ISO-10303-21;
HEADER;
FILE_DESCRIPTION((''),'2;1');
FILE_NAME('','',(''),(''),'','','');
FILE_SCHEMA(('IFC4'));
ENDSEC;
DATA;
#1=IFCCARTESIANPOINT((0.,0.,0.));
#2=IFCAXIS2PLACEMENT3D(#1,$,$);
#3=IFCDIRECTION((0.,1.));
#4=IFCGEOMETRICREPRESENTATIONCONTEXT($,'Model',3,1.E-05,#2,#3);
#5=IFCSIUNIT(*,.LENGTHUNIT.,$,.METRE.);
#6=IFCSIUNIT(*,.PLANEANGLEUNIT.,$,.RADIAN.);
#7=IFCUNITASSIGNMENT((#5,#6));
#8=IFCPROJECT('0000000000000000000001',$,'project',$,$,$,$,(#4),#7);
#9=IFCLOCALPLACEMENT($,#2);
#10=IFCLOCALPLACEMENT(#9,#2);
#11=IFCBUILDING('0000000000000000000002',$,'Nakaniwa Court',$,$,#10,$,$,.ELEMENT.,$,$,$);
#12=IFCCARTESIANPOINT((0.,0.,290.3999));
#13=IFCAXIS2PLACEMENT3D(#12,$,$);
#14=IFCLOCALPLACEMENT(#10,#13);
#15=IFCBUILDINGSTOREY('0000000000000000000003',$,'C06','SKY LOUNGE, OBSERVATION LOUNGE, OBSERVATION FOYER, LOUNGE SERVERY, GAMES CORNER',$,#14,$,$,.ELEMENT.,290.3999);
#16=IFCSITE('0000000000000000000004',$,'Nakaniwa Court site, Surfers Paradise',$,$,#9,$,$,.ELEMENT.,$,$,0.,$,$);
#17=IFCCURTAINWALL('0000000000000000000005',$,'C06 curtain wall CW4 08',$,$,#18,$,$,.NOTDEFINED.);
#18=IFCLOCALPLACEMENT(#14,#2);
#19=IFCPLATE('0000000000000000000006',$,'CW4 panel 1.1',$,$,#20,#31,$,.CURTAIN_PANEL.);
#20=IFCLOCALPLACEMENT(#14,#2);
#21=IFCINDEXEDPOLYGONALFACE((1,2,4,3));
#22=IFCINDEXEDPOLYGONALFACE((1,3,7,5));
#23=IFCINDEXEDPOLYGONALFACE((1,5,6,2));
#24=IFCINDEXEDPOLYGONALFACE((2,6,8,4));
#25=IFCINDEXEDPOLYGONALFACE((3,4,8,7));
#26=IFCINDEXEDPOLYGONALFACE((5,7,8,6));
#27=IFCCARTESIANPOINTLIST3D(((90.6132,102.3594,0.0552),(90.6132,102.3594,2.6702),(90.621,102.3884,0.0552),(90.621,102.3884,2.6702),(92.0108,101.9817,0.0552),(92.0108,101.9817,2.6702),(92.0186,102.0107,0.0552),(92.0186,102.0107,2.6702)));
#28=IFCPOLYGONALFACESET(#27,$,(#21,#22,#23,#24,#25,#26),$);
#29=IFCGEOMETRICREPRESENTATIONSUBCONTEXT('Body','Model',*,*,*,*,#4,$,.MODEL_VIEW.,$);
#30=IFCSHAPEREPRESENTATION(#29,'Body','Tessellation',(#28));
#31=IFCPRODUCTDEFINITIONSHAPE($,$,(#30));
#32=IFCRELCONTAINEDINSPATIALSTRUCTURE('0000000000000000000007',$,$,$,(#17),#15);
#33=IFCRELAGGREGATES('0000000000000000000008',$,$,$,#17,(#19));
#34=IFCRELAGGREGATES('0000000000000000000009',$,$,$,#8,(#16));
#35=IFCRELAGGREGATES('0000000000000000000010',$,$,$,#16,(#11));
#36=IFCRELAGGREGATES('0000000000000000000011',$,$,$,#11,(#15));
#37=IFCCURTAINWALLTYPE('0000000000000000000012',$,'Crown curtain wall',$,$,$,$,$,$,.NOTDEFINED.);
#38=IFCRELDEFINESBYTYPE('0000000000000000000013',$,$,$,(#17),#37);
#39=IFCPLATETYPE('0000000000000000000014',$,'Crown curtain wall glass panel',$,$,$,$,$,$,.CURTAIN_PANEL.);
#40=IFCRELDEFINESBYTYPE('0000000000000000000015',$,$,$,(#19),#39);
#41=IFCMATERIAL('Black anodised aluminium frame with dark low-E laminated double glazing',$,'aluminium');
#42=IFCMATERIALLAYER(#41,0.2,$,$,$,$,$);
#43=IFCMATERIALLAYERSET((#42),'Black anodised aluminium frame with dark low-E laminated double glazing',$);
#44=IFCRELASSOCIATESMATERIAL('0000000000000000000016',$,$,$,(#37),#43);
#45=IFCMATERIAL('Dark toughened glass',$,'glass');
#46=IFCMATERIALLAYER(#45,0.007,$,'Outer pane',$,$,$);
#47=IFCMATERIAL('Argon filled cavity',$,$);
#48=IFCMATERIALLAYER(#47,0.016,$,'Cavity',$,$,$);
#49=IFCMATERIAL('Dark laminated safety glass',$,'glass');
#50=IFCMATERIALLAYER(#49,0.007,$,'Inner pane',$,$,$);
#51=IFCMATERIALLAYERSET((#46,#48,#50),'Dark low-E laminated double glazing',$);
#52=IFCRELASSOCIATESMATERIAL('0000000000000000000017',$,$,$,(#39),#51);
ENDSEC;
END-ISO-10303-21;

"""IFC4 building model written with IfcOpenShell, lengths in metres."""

from ifc_helpers import new_model, si_unit, direction, frame, origin, origin_2d, place, context, subcontext, project, spatial, rectangle, extrude, material, layer, layer_set, type_object, element, aggregate, save


model = new_model("IFC4")

# Units and contexts
model_context = context("Model", 3, precision=1e-05, world=origin(), true_north=direction((0.0, 1.0)))
body_context = subcontext(model_context, "Body", "Model", "MODEL_VIEW")
ifc_project = project(units=[si_unit("LENGTHUNIT", "METRE"), si_unit("PLANEANGLEUNIT", "RADIAN")], contexts=[model_context])

# Site, building, storey
site_placement = place(None, origin())
site = spatial("IfcSite", under=ifc_project, at=site_placement, Name="Nakaniwa Court site, Surfers Paradise", CompositionType="ELEMENT", RefElevation=0.0)
building_placement = place(site_placement, origin())
building = spatial("IfcBuilding", under=site, at=building_placement, Name="Nakaniwa Court", CompositionType="ELEMENT")
storey_placement = place(building_placement, frame((0.0, 0.0, 290.3999)))
storey = spatial("IfcBuildingStorey", under=building, at=storey_placement, Name="C06", Description="SKY LOUNGE, OBSERVATION LOUNGE, OBSERVATION FOYER, LOUNGE SERVERY, GAMES CORNER", CompositionType="ELEMENT", Elevation=290.3999)

# Shared definitions
ifc_material_1 = material(Name="Black anodised aluminium frame with dark low-E laminated double glazing", Category="aluminium")
ifc_layer_1 = layer(ifc_material_1, 0.2)
ifc_layer_set_1 = layer_set([ifc_layer_1], Name="Black anodised aluminium frame with dark low-E laminated double glazing")
curtain_wall_type = type_object("IfcCurtainWallType", Name="Crown curtain wall", PredefinedType="NOTDEFINED", material=ifc_layer_set_1)

# Curtain wall
curtain_wall_1_placement = place(storey_placement, origin())
curtain_wall_1 = element("IfcCurtainWall", 1, at=curtain_wall_1_placement, inside=storey, type_object=curtain_wall_type, Name="C06 curtain wall CW4 08", PredefinedType="NOTDEFINED")

# Plate
ifc_material_2 = material(Name="Dark toughened glass", Category="glass")
ifc_layer_2 = layer(ifc_material_2, 0.007, Name="Outer pane")
ifc_material_3 = material(Name="Argon filled cavity")
ifc_layer_3 = layer(ifc_material_3, 0.016, Name="Cavity")
ifc_material_4 = material(Name="Dark laminated safety glass", Category="glass")
ifc_layer_4 = layer(ifc_material_4, 0.007, Name="Inner pane")
ifc_layer_set_2 = layer_set([ifc_layer_2, ifc_layer_3, ifc_layer_4], Name="Dark low-E laminated double glazing")
plate_type = type_object("IfcPlateType", Name="Crown curtain wall glass panel", PredefinedType="CURTAIN_PANEL", material=ifc_layer_set_2)
plate_1_placement = place(storey_placement, frame((91.3159, 102.1851, 0.0552), z_axis=(0.0, 0.0, 1.0), x_axis=(-0.965375, 0.260864, 0.0)))
plate_1 = element("IfcPlate", 2, at=plate_1_placement, type_object=plate_type, Name="CW4 panel 1.1", PredefinedType="CURTAIN_PANEL", context=body_context, shape_type="SweptSolid", body=[
    extrude(rectangle(XDim=1.4478, YDim=0.03, at=origin_2d()), origin(), (0.0, 0.0, 1.0), 2.615),
])
aggregate(curtain_wall_1, [plate_1])

save(model, "model.ifc")
